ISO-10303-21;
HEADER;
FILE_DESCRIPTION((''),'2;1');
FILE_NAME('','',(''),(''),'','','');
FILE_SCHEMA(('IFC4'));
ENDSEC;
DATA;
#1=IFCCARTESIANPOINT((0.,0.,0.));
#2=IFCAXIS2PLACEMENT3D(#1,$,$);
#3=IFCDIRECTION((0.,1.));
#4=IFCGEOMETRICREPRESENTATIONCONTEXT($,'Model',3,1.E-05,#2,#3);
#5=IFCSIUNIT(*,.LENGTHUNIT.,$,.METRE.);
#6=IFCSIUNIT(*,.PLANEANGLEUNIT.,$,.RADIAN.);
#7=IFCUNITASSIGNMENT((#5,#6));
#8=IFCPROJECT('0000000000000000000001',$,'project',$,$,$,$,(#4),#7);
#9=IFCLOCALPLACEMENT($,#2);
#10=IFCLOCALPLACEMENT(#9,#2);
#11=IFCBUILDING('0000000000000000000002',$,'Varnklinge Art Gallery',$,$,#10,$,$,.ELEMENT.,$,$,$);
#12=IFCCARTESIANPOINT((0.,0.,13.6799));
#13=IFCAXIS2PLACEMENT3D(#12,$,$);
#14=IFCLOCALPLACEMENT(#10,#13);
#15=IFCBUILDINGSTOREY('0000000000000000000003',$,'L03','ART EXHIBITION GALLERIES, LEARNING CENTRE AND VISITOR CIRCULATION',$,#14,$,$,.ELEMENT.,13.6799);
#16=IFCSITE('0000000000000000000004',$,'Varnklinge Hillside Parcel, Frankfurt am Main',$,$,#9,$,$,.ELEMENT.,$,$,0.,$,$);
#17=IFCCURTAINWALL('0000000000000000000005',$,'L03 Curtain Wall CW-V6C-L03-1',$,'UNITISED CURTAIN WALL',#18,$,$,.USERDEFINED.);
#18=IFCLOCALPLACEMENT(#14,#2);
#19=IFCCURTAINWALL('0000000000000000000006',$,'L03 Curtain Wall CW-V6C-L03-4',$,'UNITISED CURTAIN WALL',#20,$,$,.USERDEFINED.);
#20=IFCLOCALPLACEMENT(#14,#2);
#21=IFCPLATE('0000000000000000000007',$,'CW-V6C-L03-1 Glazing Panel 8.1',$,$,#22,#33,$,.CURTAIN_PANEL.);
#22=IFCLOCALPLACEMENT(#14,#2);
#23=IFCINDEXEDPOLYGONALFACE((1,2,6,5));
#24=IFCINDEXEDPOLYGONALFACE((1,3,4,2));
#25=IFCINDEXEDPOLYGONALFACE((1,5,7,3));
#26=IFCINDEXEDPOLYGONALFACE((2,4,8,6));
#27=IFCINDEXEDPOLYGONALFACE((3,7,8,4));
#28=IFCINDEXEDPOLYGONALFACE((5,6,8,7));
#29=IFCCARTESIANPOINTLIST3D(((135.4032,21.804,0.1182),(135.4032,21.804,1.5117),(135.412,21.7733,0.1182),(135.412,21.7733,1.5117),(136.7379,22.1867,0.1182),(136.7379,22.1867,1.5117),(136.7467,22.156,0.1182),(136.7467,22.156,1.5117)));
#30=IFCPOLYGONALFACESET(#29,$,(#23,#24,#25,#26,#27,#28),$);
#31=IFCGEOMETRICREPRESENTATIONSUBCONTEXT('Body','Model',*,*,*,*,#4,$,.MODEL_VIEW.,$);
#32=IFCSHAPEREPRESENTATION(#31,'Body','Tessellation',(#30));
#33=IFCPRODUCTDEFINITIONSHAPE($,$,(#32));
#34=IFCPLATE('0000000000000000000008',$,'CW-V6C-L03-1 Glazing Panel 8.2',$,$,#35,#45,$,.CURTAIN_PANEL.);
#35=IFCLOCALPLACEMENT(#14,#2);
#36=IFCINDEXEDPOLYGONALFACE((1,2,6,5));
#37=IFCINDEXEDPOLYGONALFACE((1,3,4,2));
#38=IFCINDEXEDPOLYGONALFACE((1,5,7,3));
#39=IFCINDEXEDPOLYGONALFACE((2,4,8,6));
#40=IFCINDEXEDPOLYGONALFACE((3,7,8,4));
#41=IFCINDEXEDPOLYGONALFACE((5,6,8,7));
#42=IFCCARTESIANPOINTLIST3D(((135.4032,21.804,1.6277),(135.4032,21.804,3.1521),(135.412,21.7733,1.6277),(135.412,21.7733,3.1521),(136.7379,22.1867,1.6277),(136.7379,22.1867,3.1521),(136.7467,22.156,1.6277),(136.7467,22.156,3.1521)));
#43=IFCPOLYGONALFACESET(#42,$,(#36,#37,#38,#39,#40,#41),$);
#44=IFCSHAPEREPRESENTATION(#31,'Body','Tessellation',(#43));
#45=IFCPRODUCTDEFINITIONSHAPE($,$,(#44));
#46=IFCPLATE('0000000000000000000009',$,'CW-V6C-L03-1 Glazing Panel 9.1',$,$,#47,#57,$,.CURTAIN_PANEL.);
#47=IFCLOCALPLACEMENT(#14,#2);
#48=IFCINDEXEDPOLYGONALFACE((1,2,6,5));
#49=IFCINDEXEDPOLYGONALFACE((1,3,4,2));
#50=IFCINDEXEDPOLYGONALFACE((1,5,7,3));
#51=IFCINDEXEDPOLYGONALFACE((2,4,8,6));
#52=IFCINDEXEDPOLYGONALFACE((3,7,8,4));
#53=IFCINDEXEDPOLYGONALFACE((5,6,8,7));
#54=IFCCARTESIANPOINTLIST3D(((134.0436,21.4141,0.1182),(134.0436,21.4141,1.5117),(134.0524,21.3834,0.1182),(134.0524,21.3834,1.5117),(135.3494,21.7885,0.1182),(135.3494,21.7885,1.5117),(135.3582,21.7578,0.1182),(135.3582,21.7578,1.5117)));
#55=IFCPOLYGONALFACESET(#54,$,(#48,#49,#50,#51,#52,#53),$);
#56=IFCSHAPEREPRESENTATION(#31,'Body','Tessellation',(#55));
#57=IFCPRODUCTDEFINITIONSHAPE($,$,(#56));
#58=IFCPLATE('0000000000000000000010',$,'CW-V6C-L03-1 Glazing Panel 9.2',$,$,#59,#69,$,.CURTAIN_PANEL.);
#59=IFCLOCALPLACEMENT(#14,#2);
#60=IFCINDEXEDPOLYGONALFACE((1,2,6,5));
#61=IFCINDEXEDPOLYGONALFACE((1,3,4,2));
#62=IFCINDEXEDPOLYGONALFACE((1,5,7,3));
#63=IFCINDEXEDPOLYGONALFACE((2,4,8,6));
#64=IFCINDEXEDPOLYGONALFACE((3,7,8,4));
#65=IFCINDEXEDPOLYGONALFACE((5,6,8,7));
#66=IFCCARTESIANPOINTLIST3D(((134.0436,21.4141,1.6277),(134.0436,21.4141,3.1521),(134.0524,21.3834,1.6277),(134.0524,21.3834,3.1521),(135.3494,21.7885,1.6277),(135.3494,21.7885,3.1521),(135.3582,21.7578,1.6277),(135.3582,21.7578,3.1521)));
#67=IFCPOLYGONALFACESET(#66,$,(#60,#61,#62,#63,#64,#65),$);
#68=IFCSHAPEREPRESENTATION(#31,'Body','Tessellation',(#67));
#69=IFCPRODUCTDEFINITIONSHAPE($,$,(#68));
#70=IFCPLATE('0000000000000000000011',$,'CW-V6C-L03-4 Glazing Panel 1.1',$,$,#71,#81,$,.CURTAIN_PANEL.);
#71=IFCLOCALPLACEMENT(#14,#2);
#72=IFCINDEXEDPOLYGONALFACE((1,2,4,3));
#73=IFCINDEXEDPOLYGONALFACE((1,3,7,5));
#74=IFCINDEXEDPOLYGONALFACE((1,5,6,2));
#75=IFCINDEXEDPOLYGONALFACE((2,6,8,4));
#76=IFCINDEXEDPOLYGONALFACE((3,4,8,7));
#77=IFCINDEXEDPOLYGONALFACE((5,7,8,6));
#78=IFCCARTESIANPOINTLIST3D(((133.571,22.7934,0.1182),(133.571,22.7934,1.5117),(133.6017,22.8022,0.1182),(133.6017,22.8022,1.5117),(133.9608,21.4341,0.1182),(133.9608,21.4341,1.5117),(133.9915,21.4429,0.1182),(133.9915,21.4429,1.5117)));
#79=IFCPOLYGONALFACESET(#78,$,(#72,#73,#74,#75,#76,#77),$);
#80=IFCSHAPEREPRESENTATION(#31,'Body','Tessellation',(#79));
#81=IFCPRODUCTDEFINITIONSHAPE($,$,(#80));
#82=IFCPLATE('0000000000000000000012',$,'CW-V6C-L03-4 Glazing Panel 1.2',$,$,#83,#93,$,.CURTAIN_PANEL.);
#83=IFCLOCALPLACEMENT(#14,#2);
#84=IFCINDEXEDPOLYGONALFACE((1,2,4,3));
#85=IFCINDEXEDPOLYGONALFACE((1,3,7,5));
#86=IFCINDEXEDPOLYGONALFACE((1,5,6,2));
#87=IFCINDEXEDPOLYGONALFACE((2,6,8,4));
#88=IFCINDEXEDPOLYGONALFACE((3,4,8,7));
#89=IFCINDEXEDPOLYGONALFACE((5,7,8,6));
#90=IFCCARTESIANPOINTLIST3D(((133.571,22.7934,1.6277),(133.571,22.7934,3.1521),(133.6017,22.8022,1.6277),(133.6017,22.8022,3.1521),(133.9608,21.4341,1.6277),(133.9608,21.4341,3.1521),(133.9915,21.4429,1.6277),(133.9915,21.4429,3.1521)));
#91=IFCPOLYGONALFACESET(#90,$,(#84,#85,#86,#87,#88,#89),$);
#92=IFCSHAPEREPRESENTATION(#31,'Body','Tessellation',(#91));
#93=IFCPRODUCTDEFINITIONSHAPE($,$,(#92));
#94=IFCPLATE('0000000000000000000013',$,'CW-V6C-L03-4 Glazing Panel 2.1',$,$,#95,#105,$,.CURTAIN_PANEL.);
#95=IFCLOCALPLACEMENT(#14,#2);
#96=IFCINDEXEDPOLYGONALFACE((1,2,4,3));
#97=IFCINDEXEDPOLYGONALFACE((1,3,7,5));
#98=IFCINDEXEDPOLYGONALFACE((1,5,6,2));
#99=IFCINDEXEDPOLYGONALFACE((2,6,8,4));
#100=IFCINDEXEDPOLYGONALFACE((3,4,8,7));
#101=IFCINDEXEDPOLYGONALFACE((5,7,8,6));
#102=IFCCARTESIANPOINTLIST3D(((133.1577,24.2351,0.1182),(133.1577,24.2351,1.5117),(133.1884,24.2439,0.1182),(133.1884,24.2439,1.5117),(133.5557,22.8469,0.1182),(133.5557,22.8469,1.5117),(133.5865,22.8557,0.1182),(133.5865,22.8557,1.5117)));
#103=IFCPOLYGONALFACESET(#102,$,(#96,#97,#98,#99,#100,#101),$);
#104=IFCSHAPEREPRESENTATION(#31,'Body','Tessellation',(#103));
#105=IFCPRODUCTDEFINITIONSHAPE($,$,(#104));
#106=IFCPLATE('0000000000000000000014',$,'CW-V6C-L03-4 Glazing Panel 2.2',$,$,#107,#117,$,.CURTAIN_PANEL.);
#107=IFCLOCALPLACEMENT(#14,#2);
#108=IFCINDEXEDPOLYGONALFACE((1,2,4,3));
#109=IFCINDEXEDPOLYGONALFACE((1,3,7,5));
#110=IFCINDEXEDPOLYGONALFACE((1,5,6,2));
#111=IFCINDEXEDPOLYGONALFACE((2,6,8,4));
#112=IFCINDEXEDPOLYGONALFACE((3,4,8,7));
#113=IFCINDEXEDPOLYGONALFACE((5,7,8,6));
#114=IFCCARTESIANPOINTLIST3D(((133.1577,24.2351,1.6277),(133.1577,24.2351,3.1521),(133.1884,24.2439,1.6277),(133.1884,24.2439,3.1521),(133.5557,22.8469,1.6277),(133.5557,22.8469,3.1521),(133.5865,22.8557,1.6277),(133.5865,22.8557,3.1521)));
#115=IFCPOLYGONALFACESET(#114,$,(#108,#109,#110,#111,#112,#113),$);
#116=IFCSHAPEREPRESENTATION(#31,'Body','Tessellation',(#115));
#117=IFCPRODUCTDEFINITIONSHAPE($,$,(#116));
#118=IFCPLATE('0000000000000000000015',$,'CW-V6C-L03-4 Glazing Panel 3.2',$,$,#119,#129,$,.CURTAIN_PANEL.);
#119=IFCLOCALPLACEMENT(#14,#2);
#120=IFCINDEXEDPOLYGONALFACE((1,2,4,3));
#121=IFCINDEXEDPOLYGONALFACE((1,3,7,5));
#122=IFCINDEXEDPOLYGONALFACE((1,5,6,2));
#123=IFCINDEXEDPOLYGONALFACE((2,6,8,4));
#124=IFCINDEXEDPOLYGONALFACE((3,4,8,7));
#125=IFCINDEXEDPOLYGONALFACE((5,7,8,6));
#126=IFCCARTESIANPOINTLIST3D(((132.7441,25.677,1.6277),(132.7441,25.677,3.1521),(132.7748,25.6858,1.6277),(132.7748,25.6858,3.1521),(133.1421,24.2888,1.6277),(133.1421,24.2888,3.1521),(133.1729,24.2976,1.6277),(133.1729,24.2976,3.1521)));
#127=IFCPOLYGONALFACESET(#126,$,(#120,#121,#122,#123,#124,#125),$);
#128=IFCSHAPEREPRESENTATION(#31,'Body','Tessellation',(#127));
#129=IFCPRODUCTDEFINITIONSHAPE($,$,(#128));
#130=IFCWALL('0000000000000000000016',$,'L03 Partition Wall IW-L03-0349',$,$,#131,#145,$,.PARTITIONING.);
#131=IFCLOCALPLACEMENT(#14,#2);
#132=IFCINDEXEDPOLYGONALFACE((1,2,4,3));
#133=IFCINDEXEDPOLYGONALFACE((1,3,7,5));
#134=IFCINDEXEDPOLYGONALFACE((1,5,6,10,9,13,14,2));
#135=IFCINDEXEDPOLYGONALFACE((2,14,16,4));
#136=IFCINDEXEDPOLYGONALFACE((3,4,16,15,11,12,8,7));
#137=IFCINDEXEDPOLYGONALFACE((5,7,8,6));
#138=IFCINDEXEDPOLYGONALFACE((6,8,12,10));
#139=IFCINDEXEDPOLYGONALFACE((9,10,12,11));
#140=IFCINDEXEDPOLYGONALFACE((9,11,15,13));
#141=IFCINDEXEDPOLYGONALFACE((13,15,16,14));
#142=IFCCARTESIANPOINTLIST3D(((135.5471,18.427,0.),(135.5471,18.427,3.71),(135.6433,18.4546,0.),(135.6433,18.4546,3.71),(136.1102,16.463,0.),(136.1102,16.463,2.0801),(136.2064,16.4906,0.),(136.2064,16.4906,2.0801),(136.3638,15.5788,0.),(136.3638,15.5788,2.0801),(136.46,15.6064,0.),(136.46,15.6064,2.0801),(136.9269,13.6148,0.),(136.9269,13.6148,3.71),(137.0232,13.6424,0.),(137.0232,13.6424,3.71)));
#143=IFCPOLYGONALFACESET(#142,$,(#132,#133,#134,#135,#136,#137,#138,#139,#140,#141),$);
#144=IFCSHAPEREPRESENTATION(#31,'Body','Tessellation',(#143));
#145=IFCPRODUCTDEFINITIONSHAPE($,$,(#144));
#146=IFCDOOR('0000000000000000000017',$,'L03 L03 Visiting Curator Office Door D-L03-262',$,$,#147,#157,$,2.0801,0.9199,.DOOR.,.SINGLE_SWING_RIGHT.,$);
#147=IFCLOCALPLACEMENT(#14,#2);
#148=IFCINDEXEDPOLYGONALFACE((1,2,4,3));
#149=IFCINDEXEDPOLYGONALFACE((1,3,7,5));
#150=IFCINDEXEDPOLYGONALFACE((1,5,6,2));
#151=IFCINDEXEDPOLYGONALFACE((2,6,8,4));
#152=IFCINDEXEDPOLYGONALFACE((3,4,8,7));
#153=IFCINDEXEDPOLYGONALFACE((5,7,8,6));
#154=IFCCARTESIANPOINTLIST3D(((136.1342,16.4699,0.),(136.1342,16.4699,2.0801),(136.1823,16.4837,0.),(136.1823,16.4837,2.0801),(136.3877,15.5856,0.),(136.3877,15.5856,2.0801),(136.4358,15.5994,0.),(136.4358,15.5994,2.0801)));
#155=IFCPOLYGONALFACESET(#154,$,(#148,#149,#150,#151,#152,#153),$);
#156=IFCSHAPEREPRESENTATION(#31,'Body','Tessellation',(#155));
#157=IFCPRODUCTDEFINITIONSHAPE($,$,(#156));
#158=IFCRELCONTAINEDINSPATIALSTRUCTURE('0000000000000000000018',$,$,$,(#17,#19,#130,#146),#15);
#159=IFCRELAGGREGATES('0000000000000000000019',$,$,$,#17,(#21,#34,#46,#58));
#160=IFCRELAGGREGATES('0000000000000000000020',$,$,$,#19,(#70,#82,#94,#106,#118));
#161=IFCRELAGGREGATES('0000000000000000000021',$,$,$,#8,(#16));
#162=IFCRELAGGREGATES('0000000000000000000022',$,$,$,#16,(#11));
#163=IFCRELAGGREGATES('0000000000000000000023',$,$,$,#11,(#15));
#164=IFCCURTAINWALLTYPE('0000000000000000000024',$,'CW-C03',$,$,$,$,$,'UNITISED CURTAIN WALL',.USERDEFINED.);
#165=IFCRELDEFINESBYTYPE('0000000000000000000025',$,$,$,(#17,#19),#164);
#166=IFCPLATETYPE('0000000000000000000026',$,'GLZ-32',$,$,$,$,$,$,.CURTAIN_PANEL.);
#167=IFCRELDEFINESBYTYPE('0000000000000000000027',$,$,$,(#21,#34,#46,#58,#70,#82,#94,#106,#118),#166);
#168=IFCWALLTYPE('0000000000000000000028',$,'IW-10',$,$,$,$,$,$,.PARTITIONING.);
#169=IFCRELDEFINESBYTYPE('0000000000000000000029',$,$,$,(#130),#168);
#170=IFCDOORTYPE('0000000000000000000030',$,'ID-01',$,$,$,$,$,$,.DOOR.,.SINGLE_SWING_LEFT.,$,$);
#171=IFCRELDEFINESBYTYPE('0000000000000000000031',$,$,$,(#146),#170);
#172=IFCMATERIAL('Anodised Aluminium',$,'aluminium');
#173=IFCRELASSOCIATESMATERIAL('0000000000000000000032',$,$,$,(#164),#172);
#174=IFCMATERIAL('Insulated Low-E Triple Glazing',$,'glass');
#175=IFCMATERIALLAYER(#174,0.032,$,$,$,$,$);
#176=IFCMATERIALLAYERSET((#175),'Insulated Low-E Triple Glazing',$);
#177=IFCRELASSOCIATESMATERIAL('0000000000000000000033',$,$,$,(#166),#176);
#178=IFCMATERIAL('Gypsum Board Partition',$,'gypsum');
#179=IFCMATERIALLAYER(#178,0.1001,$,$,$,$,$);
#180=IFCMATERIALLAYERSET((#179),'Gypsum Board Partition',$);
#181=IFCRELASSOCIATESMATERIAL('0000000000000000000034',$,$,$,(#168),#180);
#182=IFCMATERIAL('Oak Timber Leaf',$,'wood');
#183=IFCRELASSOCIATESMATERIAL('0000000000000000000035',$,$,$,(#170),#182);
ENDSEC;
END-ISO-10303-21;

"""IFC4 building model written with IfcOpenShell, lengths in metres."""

from ifc_helpers import new_model, si_unit, direction, frame, frame_2d, origin, origin_2d, place, context, subcontext, project, spatial, rectangle, extrude, material, layer, layer_set, type_object, element, fill, aggregate, save


model = new_model("IFC4")

# Units and contexts
model_context = context("Model", 3, precision=1e-05, world=origin(), true_north=direction((0.0, 1.0)))
body_context = subcontext(model_context, "Body", "Model", "MODEL_VIEW")
ifc_project = project(units=[si_unit("LENGTHUNIT", "METRE"), si_unit("PLANEANGLEUNIT", "RADIAN")], contexts=[model_context])

# Site, building, storey
site_placement = place(None, origin())
site = spatial("IfcSite", under=ifc_project, at=site_placement, Name="Varnklinge Hillside Parcel, Frankfurt am Main", CompositionType="ELEMENT", RefElevation=0.0)
building_placement = place(site_placement, origin())
building = spatial("IfcBuilding", under=site, at=building_placement, Name="Varnklinge Art Gallery", CompositionType="ELEMENT")
storey_placement = place(building_placement, frame((0.0, 0.0, 13.6799)))
storey = spatial("IfcBuildingStorey", under=building, at=storey_placement, Name="L03", Description="ART EXHIBITION GALLERIES, LEARNING CENTRE AND VISITOR CIRCULATION", CompositionType="ELEMENT", Elevation=13.6799)

# Curtain walls
ifc_material_1 = material(Name="Anodised Aluminium", Category="aluminium")
curtain_wall_type = type_object("IfcCurtainWallType", Name="CW-C03", ElementType="UNITISED CURTAIN WALL", PredefinedType="USERDEFINED", material=ifc_material_1)
curtain_wall_1_placement = place(storey_placement, origin())
curtain_wall_1 = element("IfcCurtainWall", 1, at=curtain_wall_1_placement, inside=storey, type_object=curtain_wall_type, Name="L03 Curtain Wall CW-V6C-L03-1", ObjectType="UNITISED CURTAIN WALL", PredefinedType="USERDEFINED")
curtain_wall_2_placement = place(storey_placement, origin())
curtain_wall_2 = element("IfcCurtainWall", 2, at=curtain_wall_2_placement, inside=storey, type_object=curtain_wall_type, Name="L03 Curtain Wall CW-V6C-L03-4", ObjectType="UNITISED CURTAIN WALL", PredefinedType="USERDEFINED")

# Plates
ifc_material_2 = material(Name="Insulated Low-E Triple Glazing", Category="glass")
ifc_layer_1 = layer(ifc_material_2, 0.032)
ifc_layer_set_1 = layer_set([ifc_layer_1], Name="Insulated Low-E Triple Glazing")
plate_type = type_object("IfcPlateType", Name="GLZ-32", PredefinedType="CURTAIN_PANEL", material=ifc_layer_set_1)
plate_1_placement = place(storey_placement, frame((136.075, 21.98, 0.1182), z_axis=(0.0, 0.0, 1.0), x_axis=(-0.961262, -0.275637, 0.0)))
plate_1 = element("IfcPlate", 3, at=plate_1_placement, type_object=plate_type, Name="CW-V6C-L03-1 Glazing Panel 8.1", PredefinedType="CURTAIN_PANEL", context=body_context, shape_type="SweptSolid", body=[
    extrude(rectangle(XDim=1.3884, YDim=0.032, at=origin_2d()), origin(), (0.0, 0.0, 1.0), 1.3936),
])
plate_2_placement = place(storey_placement, frame((136.075, 21.98, 1.6277), z_axis=(0.0, 0.0, 1.0), x_axis=(-0.961262, -0.275637, 0.0)))
plate_2 = element("IfcPlate", 4, at=plate_2_placement, type_object=plate_type, Name="CW-V6C-L03-1 Glazing Panel 8.2", PredefinedType="CURTAIN_PANEL", context=body_context, shape_type="SweptSolid", body=[
    extrude(rectangle(XDim=1.3884, YDim=0.032, at=origin_2d()), origin(), (0.0, 0.0, 1.0), 1.5244),
])
plate_3_placement = place(storey_placement, frame((134.7009, 21.5859, 0.1182), z_axis=(0.0, 0.0, 1.0), x_axis=(-0.961262, -0.275637, 0.0)))
plate_3 = element("IfcPlate", 5, at=plate_3_placement, type_object=plate_type, Name="CW-V6C-L03-1 Glazing Panel 9.1", PredefinedType="CURTAIN_PANEL", context=body_context, shape_type="SweptSolid", body=[
    extrude(rectangle(XDim=1.3584, YDim=0.032, at=origin_2d()), origin(), (0.0, 0.0, 1.0), 1.3936),
])
plate_4_placement = place(storey_placement, frame((134.7009, 21.5859, 1.6277), z_axis=(0.0, 0.0, 1.0), x_axis=(-0.961262, -0.275637, 0.0)))
plate_4 = element("IfcPlate", 6, at=plate_4_placement, type_object=plate_type, Name="CW-V6C-L03-1 Glazing Panel 9.2", PredefinedType="CURTAIN_PANEL", context=body_context, shape_type="SweptSolid", body=[
    extrude(rectangle(XDim=1.3584, YDim=0.032, at=origin_2d()), origin(), (0.0, 0.0, 1.0), 1.5244),
])
aggregate(curtain_wall_1, [plate_1, plate_2, plate_3, plate_4])
plate_5_placement = place(storey_placement, frame((133.7812, 22.1182, 0.1182), z_axis=(0.0, 0.0, 1.0), x_axis=(-0.275637, 0.961262, 0.0)))
plate_5 = element("IfcPlate", 7, at=plate_5_placement, type_object=plate_type, Name="CW-V6C-L03-4 Glazing Panel 1.1", PredefinedType="CURTAIN_PANEL", context=body_context, shape_type="SweptSolid", body=[
    extrude(rectangle(XDim=1.4141, YDim=0.032, at=origin_2d()), origin(), (0.0, 0.0, 1.0), 1.3936),
])
plate_6_placement = place(storey_placement, frame((133.7812, 22.1182, 1.6277), z_axis=(0.0, 0.0, 1.0), x_axis=(-0.275637, 0.961262, 0.0)))
plate_6 = element("IfcPlate", 8, at=plate_6_placement, type_object=plate_type, Name="CW-V6C-L03-4 Glazing Panel 1.2", PredefinedType="CURTAIN_PANEL", context=body_context, shape_type="SweptSolid", body=[
    extrude(rectangle(XDim=1.4141, YDim=0.032, at=origin_2d()), origin(), (0.0, 0.0, 1.0), 1.5244),
])
plate_7_placement = place(storey_placement, frame((133.3721, 23.5454, 0.1182), z_axis=(0.0, 0.0, 1.0), x_axis=(-0.275637, 0.961262, 0.0)))
plate_7 = element("IfcPlate", 9, at=plate_7_placement, type_object=plate_type, Name="CW-V6C-L03-4 Glazing Panel 2.1", PredefinedType="CURTAIN_PANEL", context=body_context, shape_type="SweptSolid", body=[
    extrude(rectangle(XDim=1.4441, YDim=0.032, at=origin_2d()), origin(), (0.0, 0.0, 1.0), 1.3936),
])
plate_8_placement = place(storey_placement, frame((133.3721, 23.5454, 1.6277), z_axis=(0.0, 0.0, 1.0), x_axis=(-0.275637, 0.961262, 0.0)))
plate_8 = element("IfcPlate", 10, at=plate_8_placement, type_object=plate_type, Name="CW-V6C-L03-4 Glazing Panel 2.2", PredefinedType="CURTAIN_PANEL", context=body_context, shape_type="SweptSolid", body=[
    extrude(rectangle(XDim=1.4441, YDim=0.032, at=origin_2d()), origin(), (0.0, 0.0, 1.0), 1.5244),
])
plate_9_placement = place(storey_placement, frame((132.9585, 24.9873, 1.6277), z_axis=(0.0, 0.0, 1.0), x_axis=(-0.275637, 0.961262, 0.0)))
plate_9 = element("IfcPlate", 11, at=plate_9_placement, type_object=plate_type, Name="CW-V6C-L03-4 Glazing Panel 3.2", PredefinedType="CURTAIN_PANEL", context=body_context, shape_type="SweptSolid", body=[
    extrude(rectangle(XDim=1.4441, YDim=0.032, at=origin_2d()), origin(), (0.0, 0.0, 1.0), 1.5244),
])
aggregate(curtain_wall_2, [plate_5, plate_6, plate_7, plate_8, plate_9])

# Wall, opening, door
ifc_material_3 = material(Name="Gypsum Board Partition", Category="gypsum")
ifc_layer_2 = layer(ifc_material_3, 0.1001)
ifc_layer_set_2 = layer_set([ifc_layer_2], Name="Gypsum Board Partition")
wall_type = type_object("IfcWallType", Name="IW-10", PredefinedType="PARTITIONING", material=ifc_layer_set_2)
wall_placement = place(storey_placement, frame((135.5952, 18.4407, 0.0), z_axis=(0.0, 0.0, 1.0), x_axis=(0.275636, -0.961262, 0.0)))
wall = element("IfcWall", 12, at=wall_placement, inside=storey, type_object=wall_type, Name="L03 Partition Wall IW-L03-0349", PredefinedType="PARTITIONING", context=body_context, shape_type="SweptSolid", body=[
    extrude(rectangle(XDim=5.0061, YDim=0.1001, at=frame_2d((2.5029, 0.0))), origin(), (0.0, 0.0, 1.0), 3.71),
])
opening_placement = place(wall_placement, frame((2.043, 0.0, 0.0)))
opening = element("IfcOpeningElement", 13, at=opening_placement, cuts=wall, PredefinedType="OPENING", context=body_context, shape_type="SweptSolid", body=[
    extrude(rectangle(XDim=0.9199, YDim=2.0801, at=frame_2d((0.46, 1.04))), frame((0.0, 0.0601, 0.0), z_axis=(0.0, -1.0, 0.0), x_axis=(1.0, 0.0, 0.0)), (0.0, 0.0, 1.0), 0.1201),
])
ifc_material_4 = material(Name="Oak Timber Leaf", Category="wood")
door_type = type_object("IfcDoorType", Name="ID-01", OperationType="SINGLE_SWING_LEFT", PredefinedType="DOOR", material=ifc_material_4)
door_placement = place(opening_placement, origin())
door = element("IfcDoor", 14, at=door_placement, inside=storey, type_object=door_type, Name="L03 L03 Visiting Curator Office Door D-L03-262", OperationType="SINGLE_SWING_RIGHT", OverallHeight=2.0801, OverallWidth=0.9199, PredefinedType="DOOR", context=body_context, shape_type="SweptSolid", body=[
    extrude(rectangle(XDim=0.9199, YDim=2.0801, at=frame_2d((0.46, 1.04))), frame((0.0, 0.0249, 0.0), z_axis=(0.0, -1.0, 0.0), x_axis=(1.0, 0.0, 0.0)), (0.0, 0.0, 1.0), 0.05),
])
fill(opening, door)

save(model, "model.ifc")
